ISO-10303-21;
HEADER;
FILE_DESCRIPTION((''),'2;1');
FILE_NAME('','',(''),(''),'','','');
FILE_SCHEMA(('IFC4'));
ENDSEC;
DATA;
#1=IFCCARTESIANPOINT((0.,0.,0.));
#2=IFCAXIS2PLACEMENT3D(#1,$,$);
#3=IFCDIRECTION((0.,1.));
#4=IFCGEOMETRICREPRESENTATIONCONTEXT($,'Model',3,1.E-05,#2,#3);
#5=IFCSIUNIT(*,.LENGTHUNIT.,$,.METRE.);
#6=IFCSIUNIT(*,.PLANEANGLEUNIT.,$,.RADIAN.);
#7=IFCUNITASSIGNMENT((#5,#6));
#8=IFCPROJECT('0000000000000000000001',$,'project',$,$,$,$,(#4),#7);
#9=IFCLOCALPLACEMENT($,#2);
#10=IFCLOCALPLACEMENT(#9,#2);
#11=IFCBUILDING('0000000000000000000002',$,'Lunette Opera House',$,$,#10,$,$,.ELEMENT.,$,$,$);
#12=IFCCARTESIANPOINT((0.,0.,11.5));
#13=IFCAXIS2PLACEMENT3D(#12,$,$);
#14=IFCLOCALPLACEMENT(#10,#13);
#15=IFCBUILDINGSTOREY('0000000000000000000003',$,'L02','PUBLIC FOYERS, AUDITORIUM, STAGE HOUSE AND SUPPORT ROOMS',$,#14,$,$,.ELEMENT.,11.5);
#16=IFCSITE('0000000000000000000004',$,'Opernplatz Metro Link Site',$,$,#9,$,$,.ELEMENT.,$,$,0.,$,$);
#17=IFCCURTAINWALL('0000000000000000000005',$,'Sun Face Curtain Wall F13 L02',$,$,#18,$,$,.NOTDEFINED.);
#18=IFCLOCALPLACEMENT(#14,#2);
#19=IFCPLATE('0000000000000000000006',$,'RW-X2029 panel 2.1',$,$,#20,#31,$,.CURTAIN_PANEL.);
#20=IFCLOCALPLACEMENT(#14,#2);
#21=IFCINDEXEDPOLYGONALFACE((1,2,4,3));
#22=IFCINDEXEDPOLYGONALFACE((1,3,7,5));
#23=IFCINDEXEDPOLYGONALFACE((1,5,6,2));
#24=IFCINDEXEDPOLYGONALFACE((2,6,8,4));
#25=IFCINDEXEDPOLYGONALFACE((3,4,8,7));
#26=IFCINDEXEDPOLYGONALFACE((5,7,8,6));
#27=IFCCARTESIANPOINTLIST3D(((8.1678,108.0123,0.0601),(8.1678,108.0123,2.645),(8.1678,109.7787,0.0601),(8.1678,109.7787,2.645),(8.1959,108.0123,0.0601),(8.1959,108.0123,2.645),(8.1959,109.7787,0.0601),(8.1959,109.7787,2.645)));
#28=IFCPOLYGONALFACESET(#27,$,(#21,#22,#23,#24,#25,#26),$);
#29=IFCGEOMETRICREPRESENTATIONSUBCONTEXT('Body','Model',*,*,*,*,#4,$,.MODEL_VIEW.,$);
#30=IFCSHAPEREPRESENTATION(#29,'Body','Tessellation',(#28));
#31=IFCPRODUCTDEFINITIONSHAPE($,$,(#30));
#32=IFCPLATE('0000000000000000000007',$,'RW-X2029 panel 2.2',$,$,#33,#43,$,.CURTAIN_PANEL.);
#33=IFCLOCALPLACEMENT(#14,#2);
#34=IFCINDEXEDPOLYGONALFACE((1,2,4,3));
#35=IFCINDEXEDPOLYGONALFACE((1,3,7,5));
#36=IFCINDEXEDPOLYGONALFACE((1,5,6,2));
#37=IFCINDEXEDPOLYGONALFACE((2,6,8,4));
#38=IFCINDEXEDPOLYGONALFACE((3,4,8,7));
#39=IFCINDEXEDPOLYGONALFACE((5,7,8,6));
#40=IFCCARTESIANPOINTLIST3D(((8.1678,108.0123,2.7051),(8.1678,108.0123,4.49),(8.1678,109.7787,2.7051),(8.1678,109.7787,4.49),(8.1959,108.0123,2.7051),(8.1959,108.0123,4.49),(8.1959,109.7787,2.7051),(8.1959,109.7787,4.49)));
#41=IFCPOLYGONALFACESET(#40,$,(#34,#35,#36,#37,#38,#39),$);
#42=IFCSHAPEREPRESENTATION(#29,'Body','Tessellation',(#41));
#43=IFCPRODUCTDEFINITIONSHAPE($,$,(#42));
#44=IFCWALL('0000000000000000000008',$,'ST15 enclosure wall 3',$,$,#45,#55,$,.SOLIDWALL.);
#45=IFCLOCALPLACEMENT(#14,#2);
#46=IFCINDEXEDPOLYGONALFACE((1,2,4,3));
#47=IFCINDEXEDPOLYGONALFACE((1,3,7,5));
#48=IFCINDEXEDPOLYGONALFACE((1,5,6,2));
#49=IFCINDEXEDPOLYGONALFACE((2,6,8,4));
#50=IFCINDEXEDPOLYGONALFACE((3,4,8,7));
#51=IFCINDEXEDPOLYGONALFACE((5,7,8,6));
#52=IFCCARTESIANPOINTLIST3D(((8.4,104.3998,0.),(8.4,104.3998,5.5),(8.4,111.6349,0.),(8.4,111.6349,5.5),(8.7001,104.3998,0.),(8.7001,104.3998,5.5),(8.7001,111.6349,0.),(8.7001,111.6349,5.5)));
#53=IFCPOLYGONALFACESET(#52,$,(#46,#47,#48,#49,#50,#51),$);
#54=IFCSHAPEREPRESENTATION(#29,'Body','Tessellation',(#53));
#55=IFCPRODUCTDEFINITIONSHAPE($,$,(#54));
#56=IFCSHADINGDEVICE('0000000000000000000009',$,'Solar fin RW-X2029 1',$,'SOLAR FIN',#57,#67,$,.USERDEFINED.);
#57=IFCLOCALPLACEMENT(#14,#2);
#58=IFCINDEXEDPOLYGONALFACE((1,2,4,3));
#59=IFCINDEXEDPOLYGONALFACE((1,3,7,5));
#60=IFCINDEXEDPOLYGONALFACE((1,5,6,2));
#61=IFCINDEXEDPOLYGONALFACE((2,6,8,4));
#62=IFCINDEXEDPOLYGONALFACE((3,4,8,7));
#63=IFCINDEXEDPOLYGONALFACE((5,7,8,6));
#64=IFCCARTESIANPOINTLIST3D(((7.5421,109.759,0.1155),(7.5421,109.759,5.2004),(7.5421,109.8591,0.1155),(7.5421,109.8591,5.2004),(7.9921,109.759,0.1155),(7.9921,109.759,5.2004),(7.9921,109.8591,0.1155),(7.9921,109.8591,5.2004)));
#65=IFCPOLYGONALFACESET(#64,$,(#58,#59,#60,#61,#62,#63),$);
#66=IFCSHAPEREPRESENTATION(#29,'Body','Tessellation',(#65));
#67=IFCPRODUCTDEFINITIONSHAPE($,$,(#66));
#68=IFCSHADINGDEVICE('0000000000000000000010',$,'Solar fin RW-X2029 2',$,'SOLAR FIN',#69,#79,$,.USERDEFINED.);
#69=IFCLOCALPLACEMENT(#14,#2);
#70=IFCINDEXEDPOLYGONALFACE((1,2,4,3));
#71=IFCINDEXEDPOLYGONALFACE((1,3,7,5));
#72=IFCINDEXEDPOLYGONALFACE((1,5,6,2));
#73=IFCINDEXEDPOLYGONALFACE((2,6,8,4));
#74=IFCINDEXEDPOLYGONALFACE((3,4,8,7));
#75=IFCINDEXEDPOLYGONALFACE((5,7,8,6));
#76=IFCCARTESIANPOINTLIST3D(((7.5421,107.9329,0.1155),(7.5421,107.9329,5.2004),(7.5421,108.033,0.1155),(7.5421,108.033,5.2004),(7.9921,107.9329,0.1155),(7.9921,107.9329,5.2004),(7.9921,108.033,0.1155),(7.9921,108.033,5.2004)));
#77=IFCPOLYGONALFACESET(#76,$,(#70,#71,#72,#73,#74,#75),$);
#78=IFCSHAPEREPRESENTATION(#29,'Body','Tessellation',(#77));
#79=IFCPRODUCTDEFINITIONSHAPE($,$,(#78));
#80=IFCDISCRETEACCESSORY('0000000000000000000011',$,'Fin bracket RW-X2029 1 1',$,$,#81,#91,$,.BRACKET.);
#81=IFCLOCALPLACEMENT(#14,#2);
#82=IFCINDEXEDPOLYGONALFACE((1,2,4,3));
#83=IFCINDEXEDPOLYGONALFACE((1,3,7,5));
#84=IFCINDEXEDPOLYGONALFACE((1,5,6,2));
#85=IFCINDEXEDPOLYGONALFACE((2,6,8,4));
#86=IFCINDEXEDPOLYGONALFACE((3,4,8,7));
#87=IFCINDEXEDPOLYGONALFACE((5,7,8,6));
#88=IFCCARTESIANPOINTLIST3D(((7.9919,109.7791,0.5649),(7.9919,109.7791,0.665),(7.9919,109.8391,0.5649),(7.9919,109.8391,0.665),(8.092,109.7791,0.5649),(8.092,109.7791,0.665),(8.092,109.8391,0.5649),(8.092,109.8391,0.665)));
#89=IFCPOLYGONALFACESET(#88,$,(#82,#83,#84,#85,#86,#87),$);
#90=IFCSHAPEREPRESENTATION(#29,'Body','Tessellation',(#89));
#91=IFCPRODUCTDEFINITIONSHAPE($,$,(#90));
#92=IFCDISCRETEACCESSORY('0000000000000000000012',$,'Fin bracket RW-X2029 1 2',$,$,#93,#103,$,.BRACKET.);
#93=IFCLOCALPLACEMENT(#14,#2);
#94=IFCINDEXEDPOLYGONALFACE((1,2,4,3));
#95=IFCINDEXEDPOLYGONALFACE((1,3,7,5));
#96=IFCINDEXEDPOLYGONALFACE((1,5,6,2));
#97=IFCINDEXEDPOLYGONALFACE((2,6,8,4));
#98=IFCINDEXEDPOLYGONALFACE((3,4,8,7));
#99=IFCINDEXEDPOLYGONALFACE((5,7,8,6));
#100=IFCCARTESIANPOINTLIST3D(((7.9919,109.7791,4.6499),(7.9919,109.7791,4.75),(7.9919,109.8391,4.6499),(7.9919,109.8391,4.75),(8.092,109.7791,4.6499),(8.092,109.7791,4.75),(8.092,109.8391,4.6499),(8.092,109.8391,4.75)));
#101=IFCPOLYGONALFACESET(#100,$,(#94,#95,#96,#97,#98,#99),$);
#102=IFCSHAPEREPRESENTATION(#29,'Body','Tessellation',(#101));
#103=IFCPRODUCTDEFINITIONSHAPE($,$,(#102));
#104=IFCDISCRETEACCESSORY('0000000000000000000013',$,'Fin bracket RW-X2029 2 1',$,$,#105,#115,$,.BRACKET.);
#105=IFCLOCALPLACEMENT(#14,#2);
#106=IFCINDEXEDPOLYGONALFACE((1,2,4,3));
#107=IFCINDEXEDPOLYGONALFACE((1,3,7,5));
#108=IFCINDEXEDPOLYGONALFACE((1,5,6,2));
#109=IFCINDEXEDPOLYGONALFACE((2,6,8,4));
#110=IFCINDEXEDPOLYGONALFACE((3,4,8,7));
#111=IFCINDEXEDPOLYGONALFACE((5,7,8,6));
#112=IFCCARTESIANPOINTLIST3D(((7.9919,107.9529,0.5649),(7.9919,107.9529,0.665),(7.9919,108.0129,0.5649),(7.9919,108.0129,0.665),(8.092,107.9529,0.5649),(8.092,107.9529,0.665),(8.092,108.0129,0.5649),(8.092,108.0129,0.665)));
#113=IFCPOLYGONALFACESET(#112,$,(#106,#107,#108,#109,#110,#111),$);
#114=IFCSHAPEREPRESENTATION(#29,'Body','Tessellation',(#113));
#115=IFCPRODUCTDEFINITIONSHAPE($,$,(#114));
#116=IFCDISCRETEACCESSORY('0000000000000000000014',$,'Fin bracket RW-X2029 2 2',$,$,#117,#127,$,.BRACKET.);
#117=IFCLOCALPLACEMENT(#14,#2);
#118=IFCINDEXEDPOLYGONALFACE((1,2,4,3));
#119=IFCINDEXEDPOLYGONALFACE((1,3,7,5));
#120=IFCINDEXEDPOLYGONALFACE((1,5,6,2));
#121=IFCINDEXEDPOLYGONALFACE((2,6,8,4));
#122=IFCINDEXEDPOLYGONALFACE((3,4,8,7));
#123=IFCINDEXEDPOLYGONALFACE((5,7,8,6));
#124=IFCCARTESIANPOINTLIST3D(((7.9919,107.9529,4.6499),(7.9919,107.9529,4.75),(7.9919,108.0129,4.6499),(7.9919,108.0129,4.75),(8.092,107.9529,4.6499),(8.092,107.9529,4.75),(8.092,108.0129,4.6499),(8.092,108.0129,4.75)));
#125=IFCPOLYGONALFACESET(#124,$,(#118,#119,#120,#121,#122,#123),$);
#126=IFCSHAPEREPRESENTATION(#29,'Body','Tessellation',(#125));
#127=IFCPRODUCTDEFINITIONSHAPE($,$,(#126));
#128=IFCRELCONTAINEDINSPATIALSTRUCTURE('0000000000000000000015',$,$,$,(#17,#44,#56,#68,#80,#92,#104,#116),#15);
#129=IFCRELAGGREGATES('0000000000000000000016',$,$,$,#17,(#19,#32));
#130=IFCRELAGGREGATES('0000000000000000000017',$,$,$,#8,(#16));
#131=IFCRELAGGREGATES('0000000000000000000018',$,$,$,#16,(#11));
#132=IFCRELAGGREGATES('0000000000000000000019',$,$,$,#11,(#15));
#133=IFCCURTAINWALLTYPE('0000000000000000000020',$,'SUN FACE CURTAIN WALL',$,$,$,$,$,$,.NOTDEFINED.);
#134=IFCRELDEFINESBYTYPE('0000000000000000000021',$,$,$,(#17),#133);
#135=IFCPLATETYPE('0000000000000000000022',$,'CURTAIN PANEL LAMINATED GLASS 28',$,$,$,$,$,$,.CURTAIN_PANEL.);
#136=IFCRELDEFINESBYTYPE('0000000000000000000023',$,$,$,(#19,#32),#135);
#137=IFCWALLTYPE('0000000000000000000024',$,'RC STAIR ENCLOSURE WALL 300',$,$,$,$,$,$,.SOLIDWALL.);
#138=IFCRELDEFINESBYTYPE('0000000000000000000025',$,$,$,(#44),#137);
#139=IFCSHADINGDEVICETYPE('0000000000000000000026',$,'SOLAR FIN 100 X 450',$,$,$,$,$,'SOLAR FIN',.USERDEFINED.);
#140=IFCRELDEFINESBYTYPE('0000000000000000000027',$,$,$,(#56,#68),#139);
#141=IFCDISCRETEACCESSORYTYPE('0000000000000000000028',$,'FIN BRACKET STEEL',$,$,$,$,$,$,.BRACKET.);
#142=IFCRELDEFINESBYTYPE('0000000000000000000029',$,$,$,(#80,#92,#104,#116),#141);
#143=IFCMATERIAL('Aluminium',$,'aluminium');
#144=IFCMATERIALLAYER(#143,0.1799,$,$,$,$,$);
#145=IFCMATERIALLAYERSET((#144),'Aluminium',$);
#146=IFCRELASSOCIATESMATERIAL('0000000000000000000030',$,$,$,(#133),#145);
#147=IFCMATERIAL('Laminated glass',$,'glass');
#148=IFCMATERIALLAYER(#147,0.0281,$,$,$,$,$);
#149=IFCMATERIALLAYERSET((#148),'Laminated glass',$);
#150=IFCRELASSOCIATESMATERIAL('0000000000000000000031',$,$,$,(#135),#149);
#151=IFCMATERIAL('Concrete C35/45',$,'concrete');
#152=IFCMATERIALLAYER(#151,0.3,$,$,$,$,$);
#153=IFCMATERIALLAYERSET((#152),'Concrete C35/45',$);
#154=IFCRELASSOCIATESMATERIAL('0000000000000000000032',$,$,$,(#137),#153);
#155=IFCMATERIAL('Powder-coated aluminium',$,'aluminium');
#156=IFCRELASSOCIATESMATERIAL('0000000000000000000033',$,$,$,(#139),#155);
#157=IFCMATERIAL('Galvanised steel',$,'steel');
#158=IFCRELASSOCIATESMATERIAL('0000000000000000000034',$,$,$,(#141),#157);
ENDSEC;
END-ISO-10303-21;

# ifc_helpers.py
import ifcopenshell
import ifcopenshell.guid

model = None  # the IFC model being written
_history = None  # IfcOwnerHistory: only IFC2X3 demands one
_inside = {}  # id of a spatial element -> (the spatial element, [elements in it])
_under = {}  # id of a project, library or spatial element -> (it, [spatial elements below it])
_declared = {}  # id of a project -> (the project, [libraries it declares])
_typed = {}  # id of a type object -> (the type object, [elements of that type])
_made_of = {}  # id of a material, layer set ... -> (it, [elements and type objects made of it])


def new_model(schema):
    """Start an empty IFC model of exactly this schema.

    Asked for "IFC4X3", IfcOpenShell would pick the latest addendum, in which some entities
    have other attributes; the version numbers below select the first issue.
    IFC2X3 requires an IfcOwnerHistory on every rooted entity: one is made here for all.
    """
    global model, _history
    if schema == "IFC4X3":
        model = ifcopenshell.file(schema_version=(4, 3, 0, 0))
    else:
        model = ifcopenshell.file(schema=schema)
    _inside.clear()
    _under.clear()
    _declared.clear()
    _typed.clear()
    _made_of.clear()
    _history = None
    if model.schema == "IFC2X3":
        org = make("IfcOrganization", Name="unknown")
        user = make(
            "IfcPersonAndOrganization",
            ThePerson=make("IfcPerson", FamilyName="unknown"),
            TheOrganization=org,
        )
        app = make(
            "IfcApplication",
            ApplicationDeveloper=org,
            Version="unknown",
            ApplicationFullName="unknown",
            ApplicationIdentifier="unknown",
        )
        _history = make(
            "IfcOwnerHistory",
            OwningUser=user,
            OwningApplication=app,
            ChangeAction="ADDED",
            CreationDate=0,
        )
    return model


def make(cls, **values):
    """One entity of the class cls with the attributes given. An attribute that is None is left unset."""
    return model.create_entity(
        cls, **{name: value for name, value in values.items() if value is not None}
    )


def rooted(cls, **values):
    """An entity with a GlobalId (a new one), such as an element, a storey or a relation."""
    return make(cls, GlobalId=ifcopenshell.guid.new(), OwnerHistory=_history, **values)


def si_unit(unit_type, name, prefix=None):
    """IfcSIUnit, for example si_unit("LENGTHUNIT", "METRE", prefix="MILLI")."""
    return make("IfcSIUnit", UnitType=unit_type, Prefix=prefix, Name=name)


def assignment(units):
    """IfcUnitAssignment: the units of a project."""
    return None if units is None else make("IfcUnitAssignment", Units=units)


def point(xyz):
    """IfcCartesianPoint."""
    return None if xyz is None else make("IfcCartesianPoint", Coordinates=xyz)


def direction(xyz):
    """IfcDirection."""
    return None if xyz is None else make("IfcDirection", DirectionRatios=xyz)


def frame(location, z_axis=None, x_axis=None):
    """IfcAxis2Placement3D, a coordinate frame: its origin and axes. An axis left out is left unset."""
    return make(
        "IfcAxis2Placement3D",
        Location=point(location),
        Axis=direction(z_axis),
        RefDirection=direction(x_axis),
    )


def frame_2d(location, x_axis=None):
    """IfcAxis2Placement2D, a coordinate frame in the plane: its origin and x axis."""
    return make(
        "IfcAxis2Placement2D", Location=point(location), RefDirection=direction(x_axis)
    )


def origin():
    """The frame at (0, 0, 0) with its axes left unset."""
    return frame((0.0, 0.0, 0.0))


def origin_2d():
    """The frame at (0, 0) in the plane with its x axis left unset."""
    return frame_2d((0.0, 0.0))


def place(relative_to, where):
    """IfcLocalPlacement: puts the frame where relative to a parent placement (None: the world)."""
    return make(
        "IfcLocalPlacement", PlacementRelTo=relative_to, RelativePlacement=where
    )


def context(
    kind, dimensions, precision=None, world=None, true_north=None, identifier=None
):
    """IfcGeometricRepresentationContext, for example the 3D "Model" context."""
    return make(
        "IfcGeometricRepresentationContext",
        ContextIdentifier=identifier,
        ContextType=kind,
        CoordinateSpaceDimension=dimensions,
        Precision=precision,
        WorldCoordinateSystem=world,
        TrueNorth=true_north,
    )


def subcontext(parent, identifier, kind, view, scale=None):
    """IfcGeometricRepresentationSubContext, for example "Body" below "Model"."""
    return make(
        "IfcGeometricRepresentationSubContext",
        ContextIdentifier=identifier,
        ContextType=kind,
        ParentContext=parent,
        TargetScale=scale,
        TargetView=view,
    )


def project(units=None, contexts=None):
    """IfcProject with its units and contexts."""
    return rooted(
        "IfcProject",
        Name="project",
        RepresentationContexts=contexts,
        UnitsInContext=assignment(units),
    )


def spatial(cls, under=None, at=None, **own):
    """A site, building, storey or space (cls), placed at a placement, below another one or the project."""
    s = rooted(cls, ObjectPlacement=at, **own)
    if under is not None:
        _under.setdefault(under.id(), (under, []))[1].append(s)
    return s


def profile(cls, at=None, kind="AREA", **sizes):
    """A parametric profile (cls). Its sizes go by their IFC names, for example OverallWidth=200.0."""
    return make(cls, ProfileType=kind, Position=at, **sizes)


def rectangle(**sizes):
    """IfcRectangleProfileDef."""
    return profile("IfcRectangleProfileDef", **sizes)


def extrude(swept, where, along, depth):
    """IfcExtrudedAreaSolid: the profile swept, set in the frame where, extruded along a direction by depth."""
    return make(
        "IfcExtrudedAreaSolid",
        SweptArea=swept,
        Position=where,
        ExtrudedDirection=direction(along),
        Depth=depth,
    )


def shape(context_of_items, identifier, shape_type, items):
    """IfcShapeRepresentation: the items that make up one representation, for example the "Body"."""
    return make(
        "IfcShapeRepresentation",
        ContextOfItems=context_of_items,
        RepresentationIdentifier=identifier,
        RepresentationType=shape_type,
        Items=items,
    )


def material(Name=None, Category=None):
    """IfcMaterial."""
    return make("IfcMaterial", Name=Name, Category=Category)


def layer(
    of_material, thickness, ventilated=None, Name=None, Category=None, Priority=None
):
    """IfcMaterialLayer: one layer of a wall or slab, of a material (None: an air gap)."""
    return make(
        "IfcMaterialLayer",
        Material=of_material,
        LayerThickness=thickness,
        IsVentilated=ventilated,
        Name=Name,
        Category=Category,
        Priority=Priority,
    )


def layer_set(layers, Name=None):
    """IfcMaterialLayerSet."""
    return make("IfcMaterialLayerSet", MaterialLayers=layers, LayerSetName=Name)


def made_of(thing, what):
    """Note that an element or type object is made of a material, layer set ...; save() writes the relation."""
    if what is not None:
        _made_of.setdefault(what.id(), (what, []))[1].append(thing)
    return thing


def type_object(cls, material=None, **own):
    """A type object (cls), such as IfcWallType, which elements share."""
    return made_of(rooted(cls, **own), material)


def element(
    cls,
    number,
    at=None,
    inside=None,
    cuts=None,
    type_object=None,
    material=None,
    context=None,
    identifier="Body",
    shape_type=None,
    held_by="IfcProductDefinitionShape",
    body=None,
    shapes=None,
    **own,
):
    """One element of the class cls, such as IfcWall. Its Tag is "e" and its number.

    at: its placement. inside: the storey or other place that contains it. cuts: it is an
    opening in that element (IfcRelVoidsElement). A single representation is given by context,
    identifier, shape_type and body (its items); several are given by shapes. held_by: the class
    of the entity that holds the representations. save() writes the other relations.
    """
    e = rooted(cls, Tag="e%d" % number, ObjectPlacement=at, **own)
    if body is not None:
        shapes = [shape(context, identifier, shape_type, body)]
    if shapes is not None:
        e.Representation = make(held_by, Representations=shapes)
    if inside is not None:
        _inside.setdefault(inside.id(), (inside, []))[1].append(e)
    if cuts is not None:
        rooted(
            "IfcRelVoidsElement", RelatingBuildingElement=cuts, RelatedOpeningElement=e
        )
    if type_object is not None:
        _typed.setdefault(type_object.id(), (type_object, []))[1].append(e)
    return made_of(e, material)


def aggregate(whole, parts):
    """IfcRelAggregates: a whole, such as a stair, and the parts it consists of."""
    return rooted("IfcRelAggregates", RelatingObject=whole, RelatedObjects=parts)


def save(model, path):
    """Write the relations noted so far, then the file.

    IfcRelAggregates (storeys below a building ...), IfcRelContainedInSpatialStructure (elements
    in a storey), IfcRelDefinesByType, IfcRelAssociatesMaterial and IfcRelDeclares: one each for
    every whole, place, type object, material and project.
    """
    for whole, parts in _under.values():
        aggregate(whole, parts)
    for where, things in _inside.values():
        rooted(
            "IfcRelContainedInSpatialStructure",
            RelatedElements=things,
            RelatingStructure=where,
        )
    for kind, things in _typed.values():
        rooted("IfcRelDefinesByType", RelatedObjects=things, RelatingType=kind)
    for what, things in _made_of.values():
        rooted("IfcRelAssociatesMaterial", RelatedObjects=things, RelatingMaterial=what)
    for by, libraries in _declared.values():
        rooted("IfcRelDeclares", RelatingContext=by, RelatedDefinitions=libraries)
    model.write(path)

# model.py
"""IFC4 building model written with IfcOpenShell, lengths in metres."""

from ifc_helpers import new_model, si_unit, direction, frame, frame_2d, origin, origin_2d, place, context, subcontext, project, spatial, rectangle, extrude, material, layer, layer_set, type_object, element, aggregate, save


model = new_model("IFC4")

# Units and contexts
model_context = context("Model", 3, precision=1e-05, world=origin(), true_north=direction((0.0, 1.0)))
body_context = subcontext(model_context, "Body", "Model", "MODEL_VIEW")
ifc_project = project(units=[si_unit("LENGTHUNIT", "METRE"), si_unit("PLANEANGLEUNIT", "RADIAN")], contexts=[model_context])

# Site, building, storey
site_placement = place(None, origin())
site = spatial("IfcSite", under=ifc_project, at=site_placement, Name="Opernplatz Metro Link Site", CompositionType="ELEMENT", RefElevation=0.0)
building_placement = place(site_placement, origin())
building = spatial("IfcBuilding", under=site, at=building_placement, Name="Lunette Opera House", CompositionType="ELEMENT")
storey_placement = place(building_placement, frame((0.0, 0.0, 11.5)))
storey = spatial("IfcBuildingStorey", under=building, at=storey_placement, Name="L02", Description="PUBLIC FOYERS, AUDITORIUM, STAGE HOUSE AND SUPPORT ROOMS", CompositionType="ELEMENT", Elevation=11.5)

# Curtain wall
ifc_material_1 = material(Name="Aluminium", Category="aluminium")
ifc_layer_1 = layer(ifc_material_1, 0.1799)
ifc_layer_set_1 = layer_set([ifc_layer_1], Name="Aluminium")
curtain_wall_type = type_object("IfcCurtainWallType", Name="SUN FACE CURTAIN WALL", PredefinedType="NOTDEFINED", material=ifc_layer_set_1)
curtain_wall_placement = place(storey_placement, origin())
curtain_wall = element("IfcCurtainWall", 1, at=curtain_wall_placement, inside=storey, type_object=curtain_wall_type, Name="Sun Face Curtain Wall F13 L02", PredefinedType="NOTDEFINED")

# Plates
ifc_material_2 = material(Name="Laminated glass", Category="glass")
ifc_layer_2 = layer(ifc_material_2, 0.0281)
ifc_layer_set_2 = layer_set([ifc_layer_2], Name="Laminated glass")
plate_type = type_object("IfcPlateType", Name="CURTAIN PANEL LAMINATED GLASS 28", PredefinedType="CURTAIN_PANEL", material=ifc_layer_set_2)
plate_1_placement = place(storey_placement, frame((8.1819, 108.8955, 0.0601), z_axis=(0.0, 0.0, 1.0), x_axis=(0.0, -1.0, 0.0)))
plate_1 = element("IfcPlate", 2, at=plate_1_placement, type_object=plate_type, Name="RW-X2029 panel 2.1", PredefinedType="CURTAIN_PANEL", context=body_context, shape_type="SweptSolid", body=[
    extrude(rectangle(XDim=1.7664, YDim=0.0281, at=origin_2d()), origin(), (0.0, 0.0, 1.0), 2.585),
])
plate_2_placement = place(storey_placement, frame((8.1819, 108.8955, 2.7051), z_axis=(0.0, 0.0, 1.0), x_axis=(0.0, -1.0, 0.0)))
plate_2 = element("IfcPlate", 3, at=plate_2_placement, type_object=plate_type, Name="RW-X2029 panel 2.2", PredefinedType="CURTAIN_PANEL", context=body_context, shape_type="SweptSolid", body=[
    extrude(rectangle(XDim=1.7664, YDim=0.0281, at=origin_2d()), origin(), (0.0, 0.0, 1.0), 1.7849),
])
aggregate(curtain_wall, [plate_1, plate_2])

# Wall
ifc_material_3 = material(Name="Concrete C35/45", Category="concrete")
ifc_layer_3 = layer(ifc_material_3, 0.3)
ifc_layer_set_3 = layer_set([ifc_layer_3], Name="Concrete C35/45")
wall_type = type_object("IfcWallType", Name="RC STAIR ENCLOSURE WALL 300", PredefinedType="SOLIDWALL", material=ifc_layer_set_3)
wall_placement = place(storey_placement, frame((8.55, 111.635, 0.0), z_axis=(0.0, 0.0, 1.0), x_axis=(0.0, -1.0, 0.0)))
element("IfcWall", 4, at=wall_placement, inside=storey, type_object=wall_type, Name="ST15 enclosure wall 3", PredefinedType="SOLIDWALL", context=body_context, shape_type="SweptSolid", body=[
    extrude(rectangle(XDim=7.2351, YDim=0.3, at=frame_2d((3.6177, 0.0))), origin(), (0.0, 0.0, 1.0), 5.5),
])

# Shading devices
ifc_material_4 = material(Name="Powder-coated aluminium", Category="aluminium")
shading_device_type = type_object("IfcShadingDeviceType", Name="SOLAR FIN 100 X 450", ElementType="SOLAR FIN", PredefinedType="USERDEFINED", material=ifc_material_4)
for number, where, z_axis, x_axis, name in (
    (5, (7.7671, 109.8091, 0.1155), (0.0, 0.0, 1.0), (-1.0, 0.0, 0.0), "Solar fin RW-X2029 1"),
    (6, (7.7671, 107.9829, 0.1155), (0.0, 0.0, 1.0), (-1.0, 0.0, 0.0), "Solar fin RW-X2029 2"),
):
    element("IfcShadingDevice", number, at=place(storey_placement, frame(where, z_axis=z_axis, x_axis=x_axis)), inside=storey, type_object=shading_device_type, Name=name, ObjectType="SOLAR FIN", PredefinedType="USERDEFINED", context=body_context, shape_type="SweptSolid", body=[
        extrude(rectangle(XDim=0.45, YDim=0.1001, at=origin_2d()), origin(), (0.0, 0.0, 1.0), 5.085),
    ])

# Discrete accessories
ifc_material_5 = material(Name="Galvanised steel", Category="steel")
discrete_accessory_type = type_object("IfcDiscreteAccessoryType", Name="FIN BRACKET STEEL", PredefinedType="BRACKET", material=ifc_material_5)
for number, where, z_axis, x_axis, name in (
    (7, (8.042, 109.8091, 0.5649), (0.0, 0.0, 1.0), (-1.0, 0.0, 0.0), "Fin bracket RW-X2029 1 1"),
    (8, (8.042, 109.8091, 4.6499), (0.0, 0.0, 1.0), (-1.0, 0.0, 0.0), "Fin bracket RW-X2029 1 2"),
    (9, (8.042, 107.9829, 0.5649), (0.0, 0.0, 1.0), (-1.0, 0.0, 0.0), "Fin bracket RW-X2029 2 1"),
    (10, (8.042, 107.9829, 4.6499), (0.0, 0.0, 1.0), (-1.0, 0.0, 0.0), "Fin bracket RW-X2029 2 2"),
):
    element("IfcDiscreteAccessory", number, at=place(storey_placement, frame(where, z_axis=z_axis, x_axis=x_axis)), inside=storey, type_object=discrete_accessory_type, Name=name, PredefinedType="BRACKET", context=body_context, shape_type="SweptSolid", body=[
        extrude(rectangle(XDim=0.1001, YDim=0.0601, at=origin_2d()), origin(), (0.0, 0.0, 1.0), 0.1001),
    ])

save(model, "model.ifc")
